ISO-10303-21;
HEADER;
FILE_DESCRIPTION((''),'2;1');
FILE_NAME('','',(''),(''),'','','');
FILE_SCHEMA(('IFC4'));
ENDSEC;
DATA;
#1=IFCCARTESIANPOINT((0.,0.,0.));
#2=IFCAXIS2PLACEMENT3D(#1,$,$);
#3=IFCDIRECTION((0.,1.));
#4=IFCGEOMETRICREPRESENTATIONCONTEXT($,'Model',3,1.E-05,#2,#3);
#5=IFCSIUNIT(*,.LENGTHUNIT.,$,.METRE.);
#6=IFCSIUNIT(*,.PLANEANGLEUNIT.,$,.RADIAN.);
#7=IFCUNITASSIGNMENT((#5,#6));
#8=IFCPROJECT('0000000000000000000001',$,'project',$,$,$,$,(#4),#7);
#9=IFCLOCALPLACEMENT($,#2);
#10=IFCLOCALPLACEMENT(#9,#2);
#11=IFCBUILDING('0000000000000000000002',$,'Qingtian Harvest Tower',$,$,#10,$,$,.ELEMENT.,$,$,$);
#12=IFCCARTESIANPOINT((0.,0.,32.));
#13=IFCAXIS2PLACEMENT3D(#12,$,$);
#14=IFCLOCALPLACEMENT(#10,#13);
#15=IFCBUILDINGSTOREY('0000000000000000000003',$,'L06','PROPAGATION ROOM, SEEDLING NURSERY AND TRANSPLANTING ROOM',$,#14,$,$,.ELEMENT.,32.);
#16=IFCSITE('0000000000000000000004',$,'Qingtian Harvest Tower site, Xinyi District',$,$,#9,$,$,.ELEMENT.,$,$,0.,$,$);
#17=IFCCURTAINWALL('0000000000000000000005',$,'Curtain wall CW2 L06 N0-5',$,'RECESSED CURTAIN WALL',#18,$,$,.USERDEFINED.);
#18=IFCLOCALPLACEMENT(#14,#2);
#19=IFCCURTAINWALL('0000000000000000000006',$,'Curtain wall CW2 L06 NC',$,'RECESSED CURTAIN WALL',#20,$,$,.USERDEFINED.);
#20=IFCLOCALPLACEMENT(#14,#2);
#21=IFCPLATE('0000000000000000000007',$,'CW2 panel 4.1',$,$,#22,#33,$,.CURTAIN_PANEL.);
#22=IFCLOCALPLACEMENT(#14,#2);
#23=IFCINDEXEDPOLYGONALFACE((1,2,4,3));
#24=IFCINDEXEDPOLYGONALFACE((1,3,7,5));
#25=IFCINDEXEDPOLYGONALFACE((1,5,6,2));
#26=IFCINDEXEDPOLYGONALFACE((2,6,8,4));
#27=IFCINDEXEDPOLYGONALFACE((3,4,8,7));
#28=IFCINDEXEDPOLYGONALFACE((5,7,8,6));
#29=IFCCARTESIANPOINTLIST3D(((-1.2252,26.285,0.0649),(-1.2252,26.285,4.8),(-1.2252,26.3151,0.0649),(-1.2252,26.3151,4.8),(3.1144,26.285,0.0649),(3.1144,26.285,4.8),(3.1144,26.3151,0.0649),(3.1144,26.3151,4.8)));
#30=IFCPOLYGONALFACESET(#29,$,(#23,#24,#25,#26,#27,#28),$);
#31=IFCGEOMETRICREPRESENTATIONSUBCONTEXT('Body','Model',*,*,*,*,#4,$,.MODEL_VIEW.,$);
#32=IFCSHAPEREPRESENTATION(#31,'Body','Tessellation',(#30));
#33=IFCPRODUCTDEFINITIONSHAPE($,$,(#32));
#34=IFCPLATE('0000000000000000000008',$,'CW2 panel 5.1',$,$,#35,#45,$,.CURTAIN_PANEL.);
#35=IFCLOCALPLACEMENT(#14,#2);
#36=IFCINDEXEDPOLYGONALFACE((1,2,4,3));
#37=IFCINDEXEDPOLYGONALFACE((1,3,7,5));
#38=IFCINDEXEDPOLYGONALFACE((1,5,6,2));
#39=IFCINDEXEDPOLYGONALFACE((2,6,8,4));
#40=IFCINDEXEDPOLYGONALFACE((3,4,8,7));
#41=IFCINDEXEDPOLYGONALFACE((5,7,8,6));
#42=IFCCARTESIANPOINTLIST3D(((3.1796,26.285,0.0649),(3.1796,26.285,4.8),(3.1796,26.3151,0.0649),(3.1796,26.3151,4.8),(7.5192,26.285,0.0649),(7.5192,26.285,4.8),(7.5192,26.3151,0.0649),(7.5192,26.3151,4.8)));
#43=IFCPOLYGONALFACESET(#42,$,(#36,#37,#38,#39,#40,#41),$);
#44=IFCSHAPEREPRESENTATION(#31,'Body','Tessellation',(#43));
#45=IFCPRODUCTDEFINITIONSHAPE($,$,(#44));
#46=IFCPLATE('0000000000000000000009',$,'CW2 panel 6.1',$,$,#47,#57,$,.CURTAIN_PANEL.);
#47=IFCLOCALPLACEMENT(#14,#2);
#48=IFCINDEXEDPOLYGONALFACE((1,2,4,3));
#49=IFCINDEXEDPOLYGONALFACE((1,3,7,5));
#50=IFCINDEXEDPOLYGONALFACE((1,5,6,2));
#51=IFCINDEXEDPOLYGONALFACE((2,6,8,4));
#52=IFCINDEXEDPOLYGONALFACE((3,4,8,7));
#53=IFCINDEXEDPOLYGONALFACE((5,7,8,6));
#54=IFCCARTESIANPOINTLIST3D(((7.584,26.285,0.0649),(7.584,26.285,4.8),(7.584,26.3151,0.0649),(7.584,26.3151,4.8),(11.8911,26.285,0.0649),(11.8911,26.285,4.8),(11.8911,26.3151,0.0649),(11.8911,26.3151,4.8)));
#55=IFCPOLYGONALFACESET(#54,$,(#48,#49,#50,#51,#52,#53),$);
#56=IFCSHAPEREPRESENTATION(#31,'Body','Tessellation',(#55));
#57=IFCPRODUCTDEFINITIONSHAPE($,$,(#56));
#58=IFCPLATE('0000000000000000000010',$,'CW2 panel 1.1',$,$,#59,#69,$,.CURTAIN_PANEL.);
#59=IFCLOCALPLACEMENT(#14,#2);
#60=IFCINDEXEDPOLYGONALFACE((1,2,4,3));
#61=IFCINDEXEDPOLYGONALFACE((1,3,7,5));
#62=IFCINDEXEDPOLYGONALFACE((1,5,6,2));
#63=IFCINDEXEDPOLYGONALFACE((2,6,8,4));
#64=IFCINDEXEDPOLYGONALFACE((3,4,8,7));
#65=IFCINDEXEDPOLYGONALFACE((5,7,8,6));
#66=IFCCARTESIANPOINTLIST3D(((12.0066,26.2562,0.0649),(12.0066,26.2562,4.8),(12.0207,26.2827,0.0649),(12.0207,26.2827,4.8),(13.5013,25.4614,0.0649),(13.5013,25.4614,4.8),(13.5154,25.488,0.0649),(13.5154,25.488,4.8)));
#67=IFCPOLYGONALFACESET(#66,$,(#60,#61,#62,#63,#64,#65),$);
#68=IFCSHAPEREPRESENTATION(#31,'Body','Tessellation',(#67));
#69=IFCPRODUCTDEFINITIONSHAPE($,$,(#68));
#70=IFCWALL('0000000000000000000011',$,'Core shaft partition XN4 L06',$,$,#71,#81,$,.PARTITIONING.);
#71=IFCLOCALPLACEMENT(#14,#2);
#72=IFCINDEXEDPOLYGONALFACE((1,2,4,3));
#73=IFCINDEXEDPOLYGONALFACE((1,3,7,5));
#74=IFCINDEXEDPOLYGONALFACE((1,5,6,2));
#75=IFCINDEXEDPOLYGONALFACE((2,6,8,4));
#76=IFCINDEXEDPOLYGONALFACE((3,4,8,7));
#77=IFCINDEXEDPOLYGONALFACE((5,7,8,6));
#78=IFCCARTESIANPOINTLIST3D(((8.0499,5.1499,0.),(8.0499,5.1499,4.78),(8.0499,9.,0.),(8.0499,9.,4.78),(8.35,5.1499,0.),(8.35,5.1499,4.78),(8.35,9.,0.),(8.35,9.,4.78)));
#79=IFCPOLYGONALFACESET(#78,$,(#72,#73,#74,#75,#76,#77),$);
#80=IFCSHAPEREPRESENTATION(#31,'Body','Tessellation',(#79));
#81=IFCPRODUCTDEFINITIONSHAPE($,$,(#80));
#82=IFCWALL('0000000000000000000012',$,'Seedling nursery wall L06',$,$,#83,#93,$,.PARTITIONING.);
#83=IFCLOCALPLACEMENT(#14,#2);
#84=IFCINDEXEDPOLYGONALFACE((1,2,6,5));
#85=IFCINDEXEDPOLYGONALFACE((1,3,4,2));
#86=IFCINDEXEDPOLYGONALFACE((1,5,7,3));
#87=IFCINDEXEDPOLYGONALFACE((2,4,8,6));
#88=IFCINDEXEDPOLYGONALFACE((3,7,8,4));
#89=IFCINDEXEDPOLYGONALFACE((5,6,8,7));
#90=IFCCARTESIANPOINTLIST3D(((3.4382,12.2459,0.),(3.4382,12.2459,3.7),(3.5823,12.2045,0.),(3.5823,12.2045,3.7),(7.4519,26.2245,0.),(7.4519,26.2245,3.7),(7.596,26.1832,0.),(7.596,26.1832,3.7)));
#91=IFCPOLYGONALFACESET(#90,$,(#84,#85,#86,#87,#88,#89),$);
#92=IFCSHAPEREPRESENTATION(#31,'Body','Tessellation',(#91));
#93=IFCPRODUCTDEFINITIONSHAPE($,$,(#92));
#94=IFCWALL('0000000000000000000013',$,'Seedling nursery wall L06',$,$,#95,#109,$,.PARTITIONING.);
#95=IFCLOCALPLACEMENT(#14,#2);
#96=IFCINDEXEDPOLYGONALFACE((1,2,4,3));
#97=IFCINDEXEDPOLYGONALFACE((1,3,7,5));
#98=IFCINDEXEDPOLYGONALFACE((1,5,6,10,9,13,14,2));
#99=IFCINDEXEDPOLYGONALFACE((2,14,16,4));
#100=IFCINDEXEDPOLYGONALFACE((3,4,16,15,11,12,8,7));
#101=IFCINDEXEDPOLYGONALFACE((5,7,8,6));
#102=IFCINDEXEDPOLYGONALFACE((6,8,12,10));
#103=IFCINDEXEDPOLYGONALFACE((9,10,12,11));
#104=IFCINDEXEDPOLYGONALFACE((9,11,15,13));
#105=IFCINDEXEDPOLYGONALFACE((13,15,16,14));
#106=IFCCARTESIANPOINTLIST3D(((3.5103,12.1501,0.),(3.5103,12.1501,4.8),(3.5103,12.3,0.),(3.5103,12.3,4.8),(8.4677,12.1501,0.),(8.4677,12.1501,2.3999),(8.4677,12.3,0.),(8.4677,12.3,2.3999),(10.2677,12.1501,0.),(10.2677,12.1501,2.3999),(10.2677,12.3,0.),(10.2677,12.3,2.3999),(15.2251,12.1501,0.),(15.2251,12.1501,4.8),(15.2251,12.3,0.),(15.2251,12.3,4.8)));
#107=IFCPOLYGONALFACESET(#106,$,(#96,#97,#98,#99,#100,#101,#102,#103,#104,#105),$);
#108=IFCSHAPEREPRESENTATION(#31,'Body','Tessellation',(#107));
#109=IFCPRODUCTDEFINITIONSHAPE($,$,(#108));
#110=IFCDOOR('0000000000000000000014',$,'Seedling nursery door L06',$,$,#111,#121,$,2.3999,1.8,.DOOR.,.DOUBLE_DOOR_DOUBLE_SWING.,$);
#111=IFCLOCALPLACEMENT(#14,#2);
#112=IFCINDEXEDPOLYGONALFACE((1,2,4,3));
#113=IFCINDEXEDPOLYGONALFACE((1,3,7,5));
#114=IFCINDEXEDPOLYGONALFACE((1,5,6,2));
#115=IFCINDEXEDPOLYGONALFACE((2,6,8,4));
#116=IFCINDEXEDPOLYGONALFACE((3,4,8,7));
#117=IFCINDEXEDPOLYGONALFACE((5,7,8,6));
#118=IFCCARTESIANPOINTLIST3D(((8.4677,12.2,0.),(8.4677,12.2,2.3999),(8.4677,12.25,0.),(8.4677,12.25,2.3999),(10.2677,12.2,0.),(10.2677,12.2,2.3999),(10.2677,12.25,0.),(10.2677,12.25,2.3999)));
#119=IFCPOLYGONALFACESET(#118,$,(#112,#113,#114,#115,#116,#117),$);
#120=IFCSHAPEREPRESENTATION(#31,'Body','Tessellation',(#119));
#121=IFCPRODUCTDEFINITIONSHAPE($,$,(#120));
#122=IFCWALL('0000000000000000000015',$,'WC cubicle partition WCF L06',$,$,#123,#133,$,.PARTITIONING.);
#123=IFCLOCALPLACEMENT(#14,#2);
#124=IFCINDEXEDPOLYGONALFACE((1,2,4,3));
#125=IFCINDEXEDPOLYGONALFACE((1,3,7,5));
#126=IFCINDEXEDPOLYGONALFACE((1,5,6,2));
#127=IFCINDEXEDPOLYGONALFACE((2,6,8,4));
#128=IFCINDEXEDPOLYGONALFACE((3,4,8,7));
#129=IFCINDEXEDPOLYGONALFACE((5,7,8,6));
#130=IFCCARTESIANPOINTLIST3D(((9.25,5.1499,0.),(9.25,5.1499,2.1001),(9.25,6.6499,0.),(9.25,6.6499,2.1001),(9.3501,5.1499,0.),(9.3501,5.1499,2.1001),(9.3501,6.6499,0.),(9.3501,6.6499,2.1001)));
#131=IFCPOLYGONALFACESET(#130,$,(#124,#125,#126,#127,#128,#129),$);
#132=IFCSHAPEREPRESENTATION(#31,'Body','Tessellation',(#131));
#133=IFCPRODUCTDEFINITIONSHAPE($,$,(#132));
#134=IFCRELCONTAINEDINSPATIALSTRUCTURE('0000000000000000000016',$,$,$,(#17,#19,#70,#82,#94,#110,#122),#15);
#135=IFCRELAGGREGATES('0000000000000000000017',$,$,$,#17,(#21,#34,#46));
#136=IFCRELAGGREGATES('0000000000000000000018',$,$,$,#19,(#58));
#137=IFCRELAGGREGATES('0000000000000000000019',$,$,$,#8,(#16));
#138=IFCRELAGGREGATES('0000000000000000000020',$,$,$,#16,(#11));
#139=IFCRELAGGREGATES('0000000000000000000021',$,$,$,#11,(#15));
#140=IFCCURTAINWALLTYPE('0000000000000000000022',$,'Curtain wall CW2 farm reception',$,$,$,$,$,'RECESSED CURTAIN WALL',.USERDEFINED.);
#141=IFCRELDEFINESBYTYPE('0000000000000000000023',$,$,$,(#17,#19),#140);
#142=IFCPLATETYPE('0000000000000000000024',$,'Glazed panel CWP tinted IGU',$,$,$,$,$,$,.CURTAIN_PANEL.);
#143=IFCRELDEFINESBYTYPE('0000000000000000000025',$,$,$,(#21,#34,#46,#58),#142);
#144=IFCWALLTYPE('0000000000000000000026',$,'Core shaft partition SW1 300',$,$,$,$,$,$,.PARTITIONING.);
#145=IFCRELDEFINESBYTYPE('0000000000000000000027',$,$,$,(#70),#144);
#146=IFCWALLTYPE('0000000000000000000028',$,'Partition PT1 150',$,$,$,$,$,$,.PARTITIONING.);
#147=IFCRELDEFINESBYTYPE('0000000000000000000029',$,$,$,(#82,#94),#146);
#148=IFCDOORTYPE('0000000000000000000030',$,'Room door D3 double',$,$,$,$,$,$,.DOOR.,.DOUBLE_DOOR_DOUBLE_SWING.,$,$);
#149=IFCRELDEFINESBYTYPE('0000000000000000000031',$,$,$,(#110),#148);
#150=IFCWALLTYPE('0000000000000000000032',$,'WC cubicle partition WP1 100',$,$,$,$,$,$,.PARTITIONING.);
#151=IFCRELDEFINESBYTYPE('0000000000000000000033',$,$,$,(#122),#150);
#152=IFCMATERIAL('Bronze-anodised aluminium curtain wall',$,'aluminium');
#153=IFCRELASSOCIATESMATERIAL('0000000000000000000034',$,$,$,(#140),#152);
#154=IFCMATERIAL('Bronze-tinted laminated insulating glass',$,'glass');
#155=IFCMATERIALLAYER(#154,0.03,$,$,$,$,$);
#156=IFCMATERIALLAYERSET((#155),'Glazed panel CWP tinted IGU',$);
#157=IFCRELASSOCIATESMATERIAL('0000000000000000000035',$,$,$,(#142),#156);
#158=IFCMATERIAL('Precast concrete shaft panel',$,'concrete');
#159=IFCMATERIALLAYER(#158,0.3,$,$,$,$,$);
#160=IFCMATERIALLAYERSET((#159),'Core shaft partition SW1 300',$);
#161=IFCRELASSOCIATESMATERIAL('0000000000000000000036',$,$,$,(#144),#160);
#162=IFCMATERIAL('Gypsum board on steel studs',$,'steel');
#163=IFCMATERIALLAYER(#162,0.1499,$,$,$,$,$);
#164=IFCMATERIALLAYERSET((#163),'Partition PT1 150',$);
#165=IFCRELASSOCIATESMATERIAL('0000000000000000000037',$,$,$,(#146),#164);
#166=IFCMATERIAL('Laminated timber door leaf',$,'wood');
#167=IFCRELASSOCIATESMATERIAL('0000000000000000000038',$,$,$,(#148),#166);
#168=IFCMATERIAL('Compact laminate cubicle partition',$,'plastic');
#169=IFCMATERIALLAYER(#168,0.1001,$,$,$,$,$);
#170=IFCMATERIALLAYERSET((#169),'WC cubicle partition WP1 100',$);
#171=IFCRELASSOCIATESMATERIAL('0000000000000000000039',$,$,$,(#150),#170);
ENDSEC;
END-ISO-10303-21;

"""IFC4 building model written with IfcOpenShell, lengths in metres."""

from ifc_helpers import new_model, si_unit, direction, frame, frame_2d, origin, origin_2d, place, context, subcontext, project, spatial, rectangle, extrude, material, layer, layer_set, type_object, element, fill, aggregate, save


model = new_model("IFC4")

# Units and contexts
model_context = context("Model", 3, precision=1e-05, world=origin(), true_north=direction((0.0, 1.0)))
body_context = subcontext(model_context, "Body", "Model", "MODEL_VIEW")
ifc_project = project(units=[si_unit("LENGTHUNIT", "METRE"), si_unit("PLANEANGLEUNIT", "RADIAN")], contexts=[model_context])

# Site, building, storey
site_placement = place(None, origin())
site = spatial("IfcSite", under=ifc_project, at=site_placement, Name="Qingtian Harvest Tower site, Xinyi District", CompositionType="ELEMENT", RefElevation=0.0)
building_placement = place(site_placement, origin())
building = spatial("IfcBuilding", under=site, at=building_placement, Name="Qingtian Harvest Tower", CompositionType="ELEMENT")
storey_placement = place(building_placement, frame((0.0, 0.0, 32.0)))
storey = spatial("IfcBuildingStorey", under=building, at=storey_placement, Name="L06", Description="PROPAGATION ROOM, SEEDLING NURSERY AND TRANSPLANTING ROOM", CompositionType="ELEMENT", Elevation=32.0)

# Curtain walls
ifc_material_1 = material(Name="Bronze-anodised aluminium curtain wall", Category="aluminium")
curtain_wall_type = type_object("IfcCurtainWallType", Name="Curtain wall CW2 farm reception", ElementType="RECESSED CURTAIN WALL", PredefinedType="USERDEFINED", material=ifc_material_1)
curtain_wall_1_placement = place(storey_placement, origin())
curtain_wall_1 = element("IfcCurtainWall", 1, at=curtain_wall_1_placement, inside=storey, type_object=curtain_wall_type, Name="Curtain wall CW2 L06 N0-5", ObjectType="RECESSED CURTAIN WALL", PredefinedType="USERDEFINED")
curtain_wall_2_placement = place(storey_placement, origin())
curtain_wall_2 = element("IfcCurtainWall", 2, at=curtain_wall_2_placement, inside=storey, type_object=curtain_wall_type, Name="Curtain wall CW2 L06 NC", ObjectType="RECESSED CURTAIN WALL", PredefinedType="USERDEFINED")

# Plates
ifc_material_2 = material(Name="Bronze-tinted laminated insulating glass", Category="glass")
ifc_layer_1 = layer(ifc_material_2, 0.03)
ifc_layer_set_1 = layer_set([ifc_layer_1], Name="Glazed panel CWP tinted IGU")
plate_type = type_object("IfcPlateType", Name="Glazed panel CWP tinted IGU", PredefinedType="CURTAIN_PANEL", material=ifc_layer_set_1)
plate_1_placement = place(storey_placement, frame((0.9446, 26.3, 0.0649), z_axis=(0.0, 0.0, 1.0), x_axis=(1.0, 0.0, 0.0)))
plate_1 = element("IfcPlate", 3, at=plate_1_placement, type_object=plate_type, Name="CW2 panel 4.1", PredefinedType="CURTAIN_PANEL", context=body_context, shape_type="SweptSolid", body=[
    extrude(rectangle(XDim=4.3396, YDim=0.03, at=origin_2d()), origin(), (0.0, 0.0, 1.0), 4.7351),
])
plate_2_placement = place(storey_placement, frame((5.3494, 26.3, 0.0649), z_axis=(0.0, 0.0, 1.0), x_axis=(1.0, 0.0, 0.0)))
plate_2 = element("IfcPlate", 4, at=plate_2_placement, type_object=plate_type, Name="CW2 panel 5.1", PredefinedType="CURTAIN_PANEL", context=body_context, shape_type="SweptSolid", body=[
    extrude(rectangle(XDim=4.3396, YDim=0.03, at=origin_2d()), origin(), (0.0, 0.0, 1.0), 4.7351),
])
plate_3_placement = place(storey_placement, frame((9.7375, 26.3, 0.0649), z_axis=(0.0, 0.0, 1.0), x_axis=(1.0, 0.0, 0.0)))
plate_3 = element("IfcPlate", 5, at=plate_3_placement, type_object=plate_type, Name="CW2 panel 6.1", PredefinedType="CURTAIN_PANEL", context=body_context, shape_type="SweptSolid", body=[
    extrude(rectangle(XDim=4.3071, YDim=0.03, at=origin_2d()), origin(), (0.0, 0.0, 1.0), 4.7351),
])
aggregate(curtain_wall_1, [plate_1, plate_2, plate_3])
plate_4_placement = place(storey_placement, frame((12.761, 25.8721, 0.0649), z_axis=(0.0, 0.0, 1.0), x_axis=(0.882948, -0.469472, 0.0)))
plate_4 = element("IfcPlate", 6, at=plate_4_placement, type_object=plate_type, Name="CW2 panel 1.1", PredefinedType="CURTAIN_PANEL", context=body_context, shape_type="SweptSolid", body=[
    extrude(rectangle(XDim=1.6929, YDim=0.03, at=origin_2d()), origin(), (0.0, 0.0, 1.0), 4.7351),
])
aggregate(curtain_wall_2, [plate_4])

# Walls
ifc_material_3 = material(Name="Precast concrete shaft panel", Category="concrete")
ifc_layer_2 = layer(ifc_material_3, 0.3)
ifc_layer_set_2 = layer_set([ifc_layer_2], Name="Core shaft partition SW1 300")
wall_type_1 = type_object("IfcWallType", Name="Core shaft partition SW1 300", PredefinedType="PARTITIONING", material=ifc_layer_set_2)
wall_1_placement = place(storey_placement, frame((8.2, 5.1499, 0.0), z_axis=(0.0, 0.0, 1.0), x_axis=(0.0, 1.0, 0.0)))
element("IfcWall", 7, at=wall_1_placement, inside=storey, type_object=wall_type_1, Name="Core shaft partition XN4 L06", PredefinedType="PARTITIONING", context=body_context, shape_type="SweptSolid", body=[
    extrude(rectangle(XDim=3.8501, YDim=0.3, at=frame_2d((1.925, 0.0))), origin(), (0.0, 0.0, 1.0), 4.78),
])
ifc_material_4 = material(Name="Gypsum board on steel studs", Category="steel")
ifc_layer_3 = layer(ifc_material_4, 0.1499)
ifc_layer_set_3 = layer_set([ifc_layer_3], Name="Partition PT1 150")
wall_type_2 = type_object("IfcWallType", Name="Partition PT1 150", PredefinedType="PARTITIONING", material=ifc_layer_set_3)
wall_2_placement = place(storey_placement, frame((7.5239, 26.2039, 0.0), z_axis=(0.0, 0.0, 1.0), x_axis=(-0.275976, -0.961165, 0.0)))
element("IfcWall", 8, at=wall_2_placement, inside=storey, type_object=wall_type_2, Name="Seedling nursery wall L06", PredefinedType="PARTITIONING", context=body_context, shape_type="SweptSolid", body=[
    extrude(rectangle(XDim=14.5435, YDim=0.1499, at=frame_2d((7.2717, 0.0))), origin(), (0.0, 0.0, 1.0), 3.7),
])

# Wall, opening, door
wall_3_placement = place(storey_placement, frame((3.5103, 12.2251, 0.0), z_axis=(0.0, 0.0, 1.0), x_axis=(1.0, 0.0, 0.0)))
wall_3 = element("IfcWall", 9, at=wall_3_placement, inside=storey, type_object=wall_type_2, Name="Seedling nursery wall L06", PredefinedType="PARTITIONING", context=body_context, shape_type="SweptSolid", body=[
    extrude(rectangle(XDim=11.7148, YDim=0.1499, at=frame_2d((5.8574, 0.0))), origin(), (0.0, 0.0, 1.0), 4.8),
])
opening_placement = place(wall_3_placement, frame((4.9575, 0.0, 0.0)))
opening = element("IfcOpeningElement", 10, at=opening_placement, cuts=wall_3, PredefinedType="OPENING", context=body_context, shape_type="SweptSolid", body=[
    extrude(rectangle(XDim=1.8, YDim=2.3999, at=frame_2d((0.8999, 1.2))), frame((0.0, 0.085, 0.0), z_axis=(0.0, -1.0, 0.0), x_axis=(1.0, 0.0, 0.0)), (0.0, 0.0, 1.0), 0.1699),
])
ifc_material_5 = material(Name="Laminated timber door leaf", Category="wood")
door_type = type_object("IfcDoorType", Name="Room door D3 double", OperationType="DOUBLE_DOOR_DOUBLE_SWING", PredefinedType="DOOR", material=ifc_material_5)
door_placement = place(opening_placement, origin())
door = element("IfcDoor", 11, at=door_placement, inside=storey, type_object=door_type, Name="Seedling nursery door L06", OperationType="DOUBLE_DOOR_DOUBLE_SWING", OverallHeight=2.3999, OverallWidth=1.8, PredefinedType="DOOR", context=body_context, shape_type="SweptSolid", body=[
    extrude(rectangle(XDim=1.8, YDim=2.3999, at=frame_2d((0.8999, 1.2))), frame((0.0, 0.0249, 0.0), z_axis=(0.0, -1.0, 0.0), x_axis=(1.0, 0.0, 0.0)), (0.0, 0.0, 1.0), 0.05),
])
fill(opening, door)

# Wall
ifc_material_6 = material(Name="Compact laminate cubicle partition", Category="plastic")
ifc_layer_4 = layer(ifc_material_6, 0.1001)
ifc_layer_set_4 = layer_set([ifc_layer_4], Name="WC cubicle partition WP1 100")
wall_type_3 = type_object("IfcWallType", Name="WC cubicle partition WP1 100", PredefinedType="PARTITIONING", material=ifc_layer_set_4)
wall_4_placement = place(storey_placement, frame((9.3, 5.1499, 0.0), z_axis=(0.0, 0.0, 1.0), x_axis=(0.0, 1.0, 0.0)))
element("IfcWall", 12, at=wall_4_placement, inside=storey, type_object=wall_type_3, Name="WC cubicle partition WCF L06", PredefinedType="PARTITIONING", context=body_context, shape_type="SweptSolid", body=[
    extrude(rectangle(XDim=1.5, YDim=0.1001, at=frame_2d((0.75, 0.0))), origin(), (0.0, 0.0, 1.0), 2.1001),
])

save(model, "model.ifc")
